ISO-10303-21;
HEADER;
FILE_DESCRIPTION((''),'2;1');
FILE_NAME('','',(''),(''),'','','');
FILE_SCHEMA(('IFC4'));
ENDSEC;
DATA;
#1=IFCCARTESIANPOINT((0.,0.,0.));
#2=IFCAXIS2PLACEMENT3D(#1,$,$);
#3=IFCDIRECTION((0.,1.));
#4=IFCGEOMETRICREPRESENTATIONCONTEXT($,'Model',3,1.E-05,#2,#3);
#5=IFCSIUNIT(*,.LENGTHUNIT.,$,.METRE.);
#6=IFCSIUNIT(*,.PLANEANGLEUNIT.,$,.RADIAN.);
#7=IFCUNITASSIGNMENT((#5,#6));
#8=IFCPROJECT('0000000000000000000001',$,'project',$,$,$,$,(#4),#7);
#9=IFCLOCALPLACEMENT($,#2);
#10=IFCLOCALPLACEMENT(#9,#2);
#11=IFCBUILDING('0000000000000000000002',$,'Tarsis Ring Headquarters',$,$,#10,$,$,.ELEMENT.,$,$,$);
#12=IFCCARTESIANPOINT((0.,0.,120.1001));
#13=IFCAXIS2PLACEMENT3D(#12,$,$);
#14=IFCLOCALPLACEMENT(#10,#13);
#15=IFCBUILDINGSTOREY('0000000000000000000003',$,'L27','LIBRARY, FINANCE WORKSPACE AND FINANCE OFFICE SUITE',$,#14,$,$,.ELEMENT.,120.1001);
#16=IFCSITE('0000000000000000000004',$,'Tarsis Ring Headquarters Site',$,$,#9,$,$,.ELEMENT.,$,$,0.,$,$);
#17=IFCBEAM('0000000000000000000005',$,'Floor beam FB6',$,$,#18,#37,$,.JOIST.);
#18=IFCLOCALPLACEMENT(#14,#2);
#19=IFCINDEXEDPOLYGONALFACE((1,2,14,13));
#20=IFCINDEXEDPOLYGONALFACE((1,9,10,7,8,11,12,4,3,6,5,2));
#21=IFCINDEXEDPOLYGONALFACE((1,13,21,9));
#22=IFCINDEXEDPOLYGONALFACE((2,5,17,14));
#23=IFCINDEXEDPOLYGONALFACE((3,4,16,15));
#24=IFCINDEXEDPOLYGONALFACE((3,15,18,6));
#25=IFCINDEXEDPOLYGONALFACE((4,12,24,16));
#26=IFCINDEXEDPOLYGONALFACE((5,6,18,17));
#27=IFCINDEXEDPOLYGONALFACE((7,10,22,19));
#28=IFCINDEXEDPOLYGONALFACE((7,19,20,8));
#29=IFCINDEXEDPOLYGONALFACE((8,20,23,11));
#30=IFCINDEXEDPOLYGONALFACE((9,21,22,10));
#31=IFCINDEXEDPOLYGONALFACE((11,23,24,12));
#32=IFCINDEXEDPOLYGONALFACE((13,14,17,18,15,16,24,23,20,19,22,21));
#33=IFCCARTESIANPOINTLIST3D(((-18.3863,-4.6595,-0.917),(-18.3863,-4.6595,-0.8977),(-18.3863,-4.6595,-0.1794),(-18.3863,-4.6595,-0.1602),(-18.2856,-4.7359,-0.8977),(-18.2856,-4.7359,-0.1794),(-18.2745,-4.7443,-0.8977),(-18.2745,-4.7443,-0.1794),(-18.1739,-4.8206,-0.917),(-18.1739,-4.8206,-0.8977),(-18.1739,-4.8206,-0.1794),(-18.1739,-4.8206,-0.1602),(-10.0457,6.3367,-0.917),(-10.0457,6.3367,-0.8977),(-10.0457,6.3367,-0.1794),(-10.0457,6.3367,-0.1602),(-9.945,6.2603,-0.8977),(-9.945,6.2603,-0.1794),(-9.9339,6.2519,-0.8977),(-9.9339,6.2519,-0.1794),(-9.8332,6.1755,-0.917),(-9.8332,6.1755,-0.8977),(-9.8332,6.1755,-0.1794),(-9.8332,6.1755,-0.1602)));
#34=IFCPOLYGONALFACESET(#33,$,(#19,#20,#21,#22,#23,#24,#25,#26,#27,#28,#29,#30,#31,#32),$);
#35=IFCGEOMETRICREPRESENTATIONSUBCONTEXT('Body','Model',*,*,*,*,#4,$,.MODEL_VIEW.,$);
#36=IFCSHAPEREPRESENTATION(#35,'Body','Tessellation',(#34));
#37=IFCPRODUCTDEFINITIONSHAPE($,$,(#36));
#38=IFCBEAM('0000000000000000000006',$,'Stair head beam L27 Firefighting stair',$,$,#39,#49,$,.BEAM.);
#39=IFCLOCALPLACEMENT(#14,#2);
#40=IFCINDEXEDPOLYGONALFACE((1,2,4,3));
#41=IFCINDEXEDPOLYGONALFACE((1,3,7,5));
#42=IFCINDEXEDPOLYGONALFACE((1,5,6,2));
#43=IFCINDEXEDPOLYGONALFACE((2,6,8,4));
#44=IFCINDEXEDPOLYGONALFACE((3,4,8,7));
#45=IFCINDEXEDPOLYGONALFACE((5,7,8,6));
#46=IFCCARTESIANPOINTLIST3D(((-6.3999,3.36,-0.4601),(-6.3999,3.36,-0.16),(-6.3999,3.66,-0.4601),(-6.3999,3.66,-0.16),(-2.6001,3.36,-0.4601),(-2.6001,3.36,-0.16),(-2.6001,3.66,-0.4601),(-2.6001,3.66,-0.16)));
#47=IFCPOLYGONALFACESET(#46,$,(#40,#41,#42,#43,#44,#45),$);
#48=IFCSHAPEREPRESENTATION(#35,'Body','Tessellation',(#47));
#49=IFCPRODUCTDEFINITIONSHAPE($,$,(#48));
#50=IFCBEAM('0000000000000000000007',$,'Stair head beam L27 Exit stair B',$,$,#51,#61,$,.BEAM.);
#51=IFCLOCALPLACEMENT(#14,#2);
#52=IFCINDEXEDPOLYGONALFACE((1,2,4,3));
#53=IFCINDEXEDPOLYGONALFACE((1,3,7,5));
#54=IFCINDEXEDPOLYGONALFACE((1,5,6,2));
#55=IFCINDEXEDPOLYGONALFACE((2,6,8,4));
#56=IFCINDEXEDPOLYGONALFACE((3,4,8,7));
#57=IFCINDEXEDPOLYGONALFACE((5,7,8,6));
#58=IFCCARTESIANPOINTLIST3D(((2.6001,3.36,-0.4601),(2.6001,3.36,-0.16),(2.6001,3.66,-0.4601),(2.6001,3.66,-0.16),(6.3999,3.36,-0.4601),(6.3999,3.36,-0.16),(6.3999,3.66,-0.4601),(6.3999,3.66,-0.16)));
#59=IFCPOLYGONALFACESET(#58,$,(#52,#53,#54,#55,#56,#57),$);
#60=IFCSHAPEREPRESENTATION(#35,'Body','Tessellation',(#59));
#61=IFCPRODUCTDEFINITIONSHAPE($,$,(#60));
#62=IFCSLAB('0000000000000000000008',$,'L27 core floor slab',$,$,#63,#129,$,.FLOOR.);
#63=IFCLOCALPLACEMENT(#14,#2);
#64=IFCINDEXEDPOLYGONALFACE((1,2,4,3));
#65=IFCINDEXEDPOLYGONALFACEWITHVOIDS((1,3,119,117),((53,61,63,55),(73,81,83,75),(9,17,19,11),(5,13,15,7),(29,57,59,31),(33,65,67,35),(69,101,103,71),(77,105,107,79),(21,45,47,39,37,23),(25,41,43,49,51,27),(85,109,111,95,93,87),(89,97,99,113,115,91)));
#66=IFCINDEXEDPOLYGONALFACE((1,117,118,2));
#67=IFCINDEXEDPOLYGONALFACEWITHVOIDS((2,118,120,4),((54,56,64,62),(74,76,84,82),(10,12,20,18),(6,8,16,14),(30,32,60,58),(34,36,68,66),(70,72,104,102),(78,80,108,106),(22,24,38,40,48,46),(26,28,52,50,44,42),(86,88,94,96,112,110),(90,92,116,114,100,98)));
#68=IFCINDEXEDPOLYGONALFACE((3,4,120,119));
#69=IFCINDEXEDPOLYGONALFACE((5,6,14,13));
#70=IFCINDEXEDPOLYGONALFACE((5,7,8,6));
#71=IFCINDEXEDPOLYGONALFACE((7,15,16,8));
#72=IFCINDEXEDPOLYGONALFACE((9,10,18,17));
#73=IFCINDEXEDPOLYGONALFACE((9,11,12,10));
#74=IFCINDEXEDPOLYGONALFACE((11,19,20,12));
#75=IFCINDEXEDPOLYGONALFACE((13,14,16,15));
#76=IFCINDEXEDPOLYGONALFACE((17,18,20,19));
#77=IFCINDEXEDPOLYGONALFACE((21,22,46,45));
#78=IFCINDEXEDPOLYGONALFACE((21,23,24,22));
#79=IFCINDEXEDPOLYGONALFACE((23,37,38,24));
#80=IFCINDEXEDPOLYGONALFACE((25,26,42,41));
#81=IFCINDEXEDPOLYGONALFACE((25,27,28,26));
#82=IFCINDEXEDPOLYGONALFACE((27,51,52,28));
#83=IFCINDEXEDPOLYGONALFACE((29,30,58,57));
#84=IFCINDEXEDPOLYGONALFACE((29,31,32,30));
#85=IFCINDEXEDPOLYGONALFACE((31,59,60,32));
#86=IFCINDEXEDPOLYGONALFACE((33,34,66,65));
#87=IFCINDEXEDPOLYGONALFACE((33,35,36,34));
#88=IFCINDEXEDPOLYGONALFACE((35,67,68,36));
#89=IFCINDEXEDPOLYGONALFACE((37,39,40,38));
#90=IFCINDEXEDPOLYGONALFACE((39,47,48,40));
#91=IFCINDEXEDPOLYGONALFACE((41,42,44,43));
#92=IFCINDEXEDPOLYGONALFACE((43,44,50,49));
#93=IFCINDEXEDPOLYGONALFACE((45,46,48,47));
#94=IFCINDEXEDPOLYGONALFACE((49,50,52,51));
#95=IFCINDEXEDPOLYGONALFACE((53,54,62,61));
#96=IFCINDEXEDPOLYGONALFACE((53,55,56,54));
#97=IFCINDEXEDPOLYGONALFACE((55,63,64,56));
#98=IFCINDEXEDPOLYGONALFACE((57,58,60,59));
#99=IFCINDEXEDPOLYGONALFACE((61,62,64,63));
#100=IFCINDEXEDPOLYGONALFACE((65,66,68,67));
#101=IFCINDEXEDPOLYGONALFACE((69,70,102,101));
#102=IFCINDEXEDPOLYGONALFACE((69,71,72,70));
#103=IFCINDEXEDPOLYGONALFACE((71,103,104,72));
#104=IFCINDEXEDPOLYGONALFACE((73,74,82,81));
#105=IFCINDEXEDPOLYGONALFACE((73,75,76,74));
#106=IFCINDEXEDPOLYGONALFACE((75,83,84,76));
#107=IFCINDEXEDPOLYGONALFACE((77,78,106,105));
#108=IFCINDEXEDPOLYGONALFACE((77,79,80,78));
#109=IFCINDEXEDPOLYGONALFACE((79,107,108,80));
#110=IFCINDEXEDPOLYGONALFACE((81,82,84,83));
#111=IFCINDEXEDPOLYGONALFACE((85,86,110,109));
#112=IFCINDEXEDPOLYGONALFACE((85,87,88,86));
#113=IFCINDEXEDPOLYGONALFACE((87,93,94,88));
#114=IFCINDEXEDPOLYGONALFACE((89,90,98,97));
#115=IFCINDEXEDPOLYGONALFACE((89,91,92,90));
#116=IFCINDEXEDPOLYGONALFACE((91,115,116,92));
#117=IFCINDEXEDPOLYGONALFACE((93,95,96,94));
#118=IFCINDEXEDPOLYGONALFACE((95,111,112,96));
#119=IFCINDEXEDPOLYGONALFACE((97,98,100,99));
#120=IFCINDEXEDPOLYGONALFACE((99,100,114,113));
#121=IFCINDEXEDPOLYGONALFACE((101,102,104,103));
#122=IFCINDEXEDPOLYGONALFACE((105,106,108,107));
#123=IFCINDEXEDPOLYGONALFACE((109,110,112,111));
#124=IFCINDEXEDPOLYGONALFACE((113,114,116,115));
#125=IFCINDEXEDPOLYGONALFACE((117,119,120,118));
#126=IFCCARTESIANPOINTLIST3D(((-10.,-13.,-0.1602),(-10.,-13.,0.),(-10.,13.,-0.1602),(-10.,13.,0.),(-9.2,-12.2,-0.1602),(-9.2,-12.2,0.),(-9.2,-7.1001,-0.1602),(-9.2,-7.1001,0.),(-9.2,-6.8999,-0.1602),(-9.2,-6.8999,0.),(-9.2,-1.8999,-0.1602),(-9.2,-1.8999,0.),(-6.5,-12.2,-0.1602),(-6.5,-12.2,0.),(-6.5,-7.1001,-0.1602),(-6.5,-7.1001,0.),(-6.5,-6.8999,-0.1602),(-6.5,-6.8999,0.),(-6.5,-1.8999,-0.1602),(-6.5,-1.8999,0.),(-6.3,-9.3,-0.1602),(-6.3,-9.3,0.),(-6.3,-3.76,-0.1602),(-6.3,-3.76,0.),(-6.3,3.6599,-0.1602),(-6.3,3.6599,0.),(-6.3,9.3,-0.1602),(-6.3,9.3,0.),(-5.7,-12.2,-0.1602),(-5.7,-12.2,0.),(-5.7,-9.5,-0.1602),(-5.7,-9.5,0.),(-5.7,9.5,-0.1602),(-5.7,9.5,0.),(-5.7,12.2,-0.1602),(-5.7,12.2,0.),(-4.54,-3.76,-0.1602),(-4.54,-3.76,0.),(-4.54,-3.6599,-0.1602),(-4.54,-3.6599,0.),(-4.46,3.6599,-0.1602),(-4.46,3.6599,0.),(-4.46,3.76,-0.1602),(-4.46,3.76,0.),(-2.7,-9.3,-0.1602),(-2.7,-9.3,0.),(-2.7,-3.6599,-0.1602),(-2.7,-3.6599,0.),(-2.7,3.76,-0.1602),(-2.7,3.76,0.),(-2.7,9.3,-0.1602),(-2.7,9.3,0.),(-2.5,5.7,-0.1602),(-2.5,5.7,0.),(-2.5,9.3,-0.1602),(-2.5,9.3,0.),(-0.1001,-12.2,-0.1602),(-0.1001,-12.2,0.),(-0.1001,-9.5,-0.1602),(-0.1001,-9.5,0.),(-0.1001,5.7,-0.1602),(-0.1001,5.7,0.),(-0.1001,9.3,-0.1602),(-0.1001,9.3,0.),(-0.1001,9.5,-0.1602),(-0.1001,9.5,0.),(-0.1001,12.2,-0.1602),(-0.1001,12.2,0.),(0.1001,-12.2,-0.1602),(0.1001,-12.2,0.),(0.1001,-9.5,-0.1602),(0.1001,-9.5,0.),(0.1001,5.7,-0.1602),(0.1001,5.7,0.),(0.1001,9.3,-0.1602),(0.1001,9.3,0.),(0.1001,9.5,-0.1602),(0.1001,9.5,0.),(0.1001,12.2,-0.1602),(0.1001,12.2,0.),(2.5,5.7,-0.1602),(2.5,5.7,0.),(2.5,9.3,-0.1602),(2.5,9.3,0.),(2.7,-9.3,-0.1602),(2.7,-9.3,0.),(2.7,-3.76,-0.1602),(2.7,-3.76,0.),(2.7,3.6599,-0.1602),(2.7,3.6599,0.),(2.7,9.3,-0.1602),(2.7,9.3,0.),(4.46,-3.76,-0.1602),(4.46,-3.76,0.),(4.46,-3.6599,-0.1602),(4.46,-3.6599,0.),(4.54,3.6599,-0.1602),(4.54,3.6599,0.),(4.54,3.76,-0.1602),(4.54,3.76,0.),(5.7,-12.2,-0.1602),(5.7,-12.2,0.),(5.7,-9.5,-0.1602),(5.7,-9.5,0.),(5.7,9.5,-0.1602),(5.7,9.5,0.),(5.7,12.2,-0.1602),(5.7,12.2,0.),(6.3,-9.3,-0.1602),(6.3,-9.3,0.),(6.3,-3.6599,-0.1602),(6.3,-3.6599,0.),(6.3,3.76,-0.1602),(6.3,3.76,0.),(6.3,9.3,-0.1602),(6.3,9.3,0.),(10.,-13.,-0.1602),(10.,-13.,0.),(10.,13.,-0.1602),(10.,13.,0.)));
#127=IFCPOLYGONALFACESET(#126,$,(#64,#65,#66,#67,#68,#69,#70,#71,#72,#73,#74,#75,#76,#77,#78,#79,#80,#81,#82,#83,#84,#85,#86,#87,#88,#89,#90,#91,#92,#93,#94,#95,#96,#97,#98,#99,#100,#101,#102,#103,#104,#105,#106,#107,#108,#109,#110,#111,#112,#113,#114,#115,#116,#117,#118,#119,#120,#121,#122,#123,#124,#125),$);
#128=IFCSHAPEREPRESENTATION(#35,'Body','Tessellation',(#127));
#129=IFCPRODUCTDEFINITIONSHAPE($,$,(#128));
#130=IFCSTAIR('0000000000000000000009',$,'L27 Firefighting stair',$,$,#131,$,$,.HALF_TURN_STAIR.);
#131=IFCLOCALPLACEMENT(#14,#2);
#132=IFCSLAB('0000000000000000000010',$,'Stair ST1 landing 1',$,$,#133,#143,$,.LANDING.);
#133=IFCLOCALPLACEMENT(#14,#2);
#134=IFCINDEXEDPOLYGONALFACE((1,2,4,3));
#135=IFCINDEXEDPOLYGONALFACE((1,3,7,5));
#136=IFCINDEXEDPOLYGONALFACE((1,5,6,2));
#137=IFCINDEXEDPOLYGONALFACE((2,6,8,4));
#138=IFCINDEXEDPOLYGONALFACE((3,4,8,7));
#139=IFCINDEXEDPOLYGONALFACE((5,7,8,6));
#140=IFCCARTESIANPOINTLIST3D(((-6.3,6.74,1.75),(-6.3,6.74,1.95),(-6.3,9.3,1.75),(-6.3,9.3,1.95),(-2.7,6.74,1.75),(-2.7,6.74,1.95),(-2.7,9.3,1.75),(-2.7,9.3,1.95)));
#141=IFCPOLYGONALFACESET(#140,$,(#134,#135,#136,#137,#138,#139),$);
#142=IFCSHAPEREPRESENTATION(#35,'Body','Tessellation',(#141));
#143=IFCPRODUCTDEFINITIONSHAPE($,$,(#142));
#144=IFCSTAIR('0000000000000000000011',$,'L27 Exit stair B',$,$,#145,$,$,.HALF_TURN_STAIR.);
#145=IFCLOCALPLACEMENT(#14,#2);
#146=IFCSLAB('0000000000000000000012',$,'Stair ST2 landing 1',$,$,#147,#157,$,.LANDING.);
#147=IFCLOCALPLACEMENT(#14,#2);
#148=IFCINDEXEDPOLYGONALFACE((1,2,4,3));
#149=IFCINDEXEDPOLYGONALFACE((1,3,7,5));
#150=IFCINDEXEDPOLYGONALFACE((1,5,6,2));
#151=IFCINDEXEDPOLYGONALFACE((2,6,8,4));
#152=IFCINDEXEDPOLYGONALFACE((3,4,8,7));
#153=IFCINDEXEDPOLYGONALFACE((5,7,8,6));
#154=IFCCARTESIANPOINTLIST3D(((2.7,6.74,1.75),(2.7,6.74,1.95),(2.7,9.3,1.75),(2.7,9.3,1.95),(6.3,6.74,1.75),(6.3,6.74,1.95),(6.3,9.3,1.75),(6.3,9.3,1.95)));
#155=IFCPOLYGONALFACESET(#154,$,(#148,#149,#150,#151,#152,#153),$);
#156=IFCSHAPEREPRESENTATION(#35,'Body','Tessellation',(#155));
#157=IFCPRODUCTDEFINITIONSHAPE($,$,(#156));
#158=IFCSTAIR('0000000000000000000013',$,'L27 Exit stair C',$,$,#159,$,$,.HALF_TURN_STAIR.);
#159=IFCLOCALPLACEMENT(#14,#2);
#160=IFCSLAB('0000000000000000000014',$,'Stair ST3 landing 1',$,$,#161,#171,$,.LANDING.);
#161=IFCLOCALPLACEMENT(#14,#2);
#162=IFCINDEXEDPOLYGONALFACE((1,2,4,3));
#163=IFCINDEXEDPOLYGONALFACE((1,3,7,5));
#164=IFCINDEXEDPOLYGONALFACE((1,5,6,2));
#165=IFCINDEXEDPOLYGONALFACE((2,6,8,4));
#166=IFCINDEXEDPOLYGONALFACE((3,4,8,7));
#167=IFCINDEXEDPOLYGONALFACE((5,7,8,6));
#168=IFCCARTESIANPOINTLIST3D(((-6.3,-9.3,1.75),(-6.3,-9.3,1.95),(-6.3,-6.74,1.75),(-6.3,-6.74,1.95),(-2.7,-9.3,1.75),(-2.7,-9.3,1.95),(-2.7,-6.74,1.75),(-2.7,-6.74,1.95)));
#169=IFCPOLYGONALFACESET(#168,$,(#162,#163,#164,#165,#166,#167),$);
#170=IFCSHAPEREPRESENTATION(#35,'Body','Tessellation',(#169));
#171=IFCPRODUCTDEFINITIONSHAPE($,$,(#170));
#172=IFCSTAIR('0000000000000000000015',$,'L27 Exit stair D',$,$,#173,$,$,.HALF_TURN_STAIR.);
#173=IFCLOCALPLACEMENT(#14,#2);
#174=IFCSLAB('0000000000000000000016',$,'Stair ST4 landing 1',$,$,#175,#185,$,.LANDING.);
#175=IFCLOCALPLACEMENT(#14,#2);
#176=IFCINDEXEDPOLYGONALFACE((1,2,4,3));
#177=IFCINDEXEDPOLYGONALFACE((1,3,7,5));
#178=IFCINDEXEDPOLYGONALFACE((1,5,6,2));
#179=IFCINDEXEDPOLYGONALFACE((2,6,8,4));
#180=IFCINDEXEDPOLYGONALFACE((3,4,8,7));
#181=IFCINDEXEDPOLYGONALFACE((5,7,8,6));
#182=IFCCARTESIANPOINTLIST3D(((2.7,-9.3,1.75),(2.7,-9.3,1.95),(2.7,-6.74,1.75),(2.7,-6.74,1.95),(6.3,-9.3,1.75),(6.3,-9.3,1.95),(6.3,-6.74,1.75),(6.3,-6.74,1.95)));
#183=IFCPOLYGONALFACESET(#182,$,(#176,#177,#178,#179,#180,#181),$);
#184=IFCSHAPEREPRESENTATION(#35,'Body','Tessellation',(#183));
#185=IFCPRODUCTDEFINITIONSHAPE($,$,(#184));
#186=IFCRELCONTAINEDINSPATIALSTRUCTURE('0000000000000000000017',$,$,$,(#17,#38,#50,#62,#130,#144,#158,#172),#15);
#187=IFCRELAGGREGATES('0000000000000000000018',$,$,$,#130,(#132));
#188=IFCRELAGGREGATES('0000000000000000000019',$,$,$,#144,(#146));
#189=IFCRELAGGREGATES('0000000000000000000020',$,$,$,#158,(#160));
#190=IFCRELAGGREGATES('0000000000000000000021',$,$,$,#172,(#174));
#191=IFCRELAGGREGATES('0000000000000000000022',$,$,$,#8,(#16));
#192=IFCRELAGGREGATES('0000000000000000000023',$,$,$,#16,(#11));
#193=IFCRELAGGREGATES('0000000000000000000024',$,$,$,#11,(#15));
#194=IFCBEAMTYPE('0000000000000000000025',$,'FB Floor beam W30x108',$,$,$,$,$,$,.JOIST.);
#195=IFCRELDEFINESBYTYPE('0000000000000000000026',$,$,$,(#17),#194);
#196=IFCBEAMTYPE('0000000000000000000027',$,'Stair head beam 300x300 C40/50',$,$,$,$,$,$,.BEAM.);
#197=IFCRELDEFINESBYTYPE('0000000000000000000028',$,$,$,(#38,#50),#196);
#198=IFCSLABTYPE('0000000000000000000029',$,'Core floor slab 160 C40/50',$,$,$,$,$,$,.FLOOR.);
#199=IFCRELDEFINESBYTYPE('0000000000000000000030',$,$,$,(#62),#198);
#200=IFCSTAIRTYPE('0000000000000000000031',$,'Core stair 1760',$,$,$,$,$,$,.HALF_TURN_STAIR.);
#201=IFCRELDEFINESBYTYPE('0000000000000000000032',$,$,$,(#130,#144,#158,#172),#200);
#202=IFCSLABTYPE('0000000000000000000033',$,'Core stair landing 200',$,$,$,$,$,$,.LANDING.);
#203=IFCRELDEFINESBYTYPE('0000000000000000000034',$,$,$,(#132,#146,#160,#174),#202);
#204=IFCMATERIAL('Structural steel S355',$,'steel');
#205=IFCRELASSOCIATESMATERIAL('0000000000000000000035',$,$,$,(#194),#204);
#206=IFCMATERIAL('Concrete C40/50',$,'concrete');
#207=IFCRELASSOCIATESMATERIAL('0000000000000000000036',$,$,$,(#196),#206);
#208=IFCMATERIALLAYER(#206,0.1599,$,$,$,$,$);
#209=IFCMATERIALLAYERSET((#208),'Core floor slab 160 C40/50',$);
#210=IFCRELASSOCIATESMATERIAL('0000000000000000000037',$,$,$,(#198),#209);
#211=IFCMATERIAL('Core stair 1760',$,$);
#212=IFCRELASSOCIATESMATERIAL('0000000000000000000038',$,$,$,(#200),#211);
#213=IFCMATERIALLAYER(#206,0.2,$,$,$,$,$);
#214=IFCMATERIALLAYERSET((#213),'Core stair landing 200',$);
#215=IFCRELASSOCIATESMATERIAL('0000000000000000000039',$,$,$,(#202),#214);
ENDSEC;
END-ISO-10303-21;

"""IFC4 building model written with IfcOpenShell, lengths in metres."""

from ifc_helpers import new_model, si_unit, direction, frame, origin, origin_2d, place, context, subcontext, project, spatial, polyline, rectangle, i_section, outline, extrude, material, layer, layer_set, material_profile, profile_set, type_object, element, aggregate, save


model = new_model("IFC4")

# Units and contexts
model_context = context("Model", 3, precision=1e-05, world=origin(), true_north=direction((0.0, 1.0)))
body_context = subcontext(model_context, "Body", "Model", "MODEL_VIEW")
ifc_project = project(units=[si_unit("LENGTHUNIT", "METRE"), si_unit("PLANEANGLEUNIT", "RADIAN")], contexts=[model_context])

# Site, building, storey
site_placement = place(None, origin())
site = spatial("IfcSite", under=ifc_project, at=site_placement, Name="Tarsis Ring Headquarters Site", CompositionType="ELEMENT", RefElevation=0.0)
building_placement = place(site_placement, origin())
building = spatial("IfcBuilding", under=site, at=building_placement, Name="Tarsis Ring Headquarters", CompositionType="ELEMENT")
storey_placement = place(building_placement, frame((0.0, 0.0, 120.1001)))
storey = spatial("IfcBuildingStorey", under=building, at=storey_placement, Name="L27", Description="LIBRARY, FINANCE WORKSPACE AND FINANCE OFFICE SUITE", CompositionType="ELEMENT", Elevation=120.1001)

# Beams
ifc_material_1 = material(Name="Structural steel S355", Category="steel")
ifc_material_profile_1 = material_profile(ifc_material_1, i_section(OverallWidth=0.2666, OverallDepth=0.7568, WebThickness=0.0139, FlangeThickness=0.0193, at=origin_2d()), Name="W30x108")
ifc_profile_set_1 = profile_set([ifc_material_profile_1], Name="Structural steel S355")
beam_type_1 = type_object("IfcBeamType", Name="FB Floor beam W30x108", PredefinedType="JOIST", material=ifc_profile_set_1)
beam_placement = place(storey_placement, frame((-9.9395, 6.2561, -0.5386), z_axis=(-0.604327, -0.796736, 0.0), x_axis=(0.796736, -0.604327, 0.0)))
element("IfcBeam", 1, at=beam_placement, inside=storey, type_object=beam_type_1, Name="Floor beam FB6", PredefinedType="JOIST", context=body_context, shape_type="SweptSolid", body=[
    extrude(i_section(OverallWidth=0.2666, OverallDepth=0.7568, WebThickness=0.0139, FlangeThickness=0.0193, at=origin_2d()), origin(), (0.0, 0.0, 1.0), 13.8015),
])
ifc_material_2 = material(Name="Concrete C40/50", Category="concrete")
ifc_material_profile_2 = material_profile(ifc_material_2, rectangle(XDim=0.3, YDim=0.3, at=origin_2d()), Name="Stair head beam 300x300 C40/50")
ifc_profile_set_2 = profile_set([ifc_material_profile_2], Name="Concrete C40/50")
beam_type_2 = type_object("IfcBeamType", Name="Stair head beam 300x300 C40/50", PredefinedType="BEAM", material=ifc_profile_set_2)
for number, where, z_axis, x_axis, name in (
    (2, (-6.3999, 3.51, -0.3101), (1.0, 0.0, 0.0), (0.0, 1.0, 0.0), "Stair head beam L27 Firefighting stair"),
    (3, (2.6001, 3.51, -0.3101), (1.0, 0.0, 0.0), (0.0, 1.0, 0.0), "Stair head beam L27 Exit stair B"),
):
    element("IfcBeam", number, at=place(storey_placement, frame(where, z_axis=z_axis, x_axis=x_axis)), inside=storey, type_object=beam_type_2, Name=name, PredefinedType="BEAM", context=body_context, shape_type="SweptSolid", body=[
        extrude(rectangle(XDim=0.3, YDim=0.3, at=origin_2d()), origin(), (0.0, 0.0, 1.0), 3.7998),
    ])

# Slab
ifc_layer_1 = layer(ifc_material_2, 0.1599)
ifc_layer_set_1 = layer_set([ifc_layer_1], Name="Core floor slab 160 C40/50")
slab_type_1 = type_object("IfcSlabType", Name="Core floor slab 160 C40/50", PredefinedType="FLOOR", material=ifc_layer_set_1)
slab_1_placement = place(storey_placement, frame((0.0, 0.0, -0.1602)))
element("IfcSlab", 4, at=slab_1_placement, inside=storey, type_object=slab_type_1, Name="L27 core floor slab", PredefinedType="FLOOR", context=body_context, shape_type="SweptSolid", body=[
    extrude(outline(polyline([(-10.0, -13.0), (10.0, -13.0), (10.0, 13.0), (-10.0, 13.0), (-10.0, -13.0)]), holes=[polyline([(-2.5, 5.7), (-0.1001, 5.7), (-0.1001, 9.3), (-2.5, 9.3), (-2.5, 5.7)]), polyline([(0.1001, 5.7), (2.5, 5.7), (2.5, 9.3), (0.1001, 9.3), (0.1001, 5.7)]), polyline([(-9.2, -12.2), (-6.5, -12.2), (-6.5, -7.1001), (-9.2, -7.1001), (-9.2, -12.2)]), polyline([(-9.2, -6.8999), (-6.5, -6.8999), (-6.5, -1.8999), (-9.2, -1.8999), (-9.2, -6.8999)]), polyline([(-5.7, 9.5), (-0.1001, 9.5), (-0.1001, 12.2), (-5.7, 12.2), (-5.7, 9.5)]), polyline([(0.1001, 9.5), (5.7, 9.5), (5.7, 12.2), (0.1001, 12.2), (0.1001, 9.5)]), polyline([(-5.7, -12.2), (-0.1001, -12.2), (-0.1001, -9.5), (-5.7, -9.5), (-5.7, -12.2)]), polyline([(0.1001, -12.2), (5.7, -12.2), (5.7, -9.5), (0.1001, -9.5), (0.1001, -12.2)]), polyline([(-2.7, 3.76), (-2.7, 9.3), (-6.3, 9.3), (-6.3, 3.6599), (-4.46, 3.6599), (-4.46, 3.76), (-2.7, 3.76)]), polyline([(6.3, 3.76), (6.3, 9.3), (2.7, 9.3), (2.7, 3.6599), (4.54, 3.6599), (4.54, 3.76), (6.3, 3.76)]), polyline([(-6.3, -3.76), (-6.3, -9.3), (-2.7, -9.3), (-2.7, -3.6599), (-4.54, -3.6599), (-4.54, -3.76), (-6.3, -3.76)]), polyline([(2.7, -3.76), (2.7, -9.3), (6.3, -9.3), (6.3, -3.6599), (4.46, -3.6599), (4.46, -3.76), (2.7, -3.76)])]), origin(), (0.0, 0.0, 1.0), 0.1602),
])

# Stairs, slabs
ifc_material_3 = material(Name="Core stair 1760")
stair_type = type_object("IfcStairType", Name="Core stair 1760", PredefinedType="HALF_TURN_STAIR", material=ifc_material_3)
stair_1_placement = place(storey_placement, origin())
stair_1 = element("IfcStair", 5, at=stair_1_placement, inside=storey, type_object=stair_type, Name="L27 Firefighting stair", PredefinedType="HALF_TURN_STAIR")
ifc_layer_2 = layer(ifc_material_2, 0.2)
ifc_layer_set_2 = layer_set([ifc_layer_2], Name="Core stair landing 200")
slab_type_2 = type_object("IfcSlabType", Name="Core stair landing 200", PredefinedType="LANDING", material=ifc_layer_set_2)
slab_2_placement = place(storey_placement, frame((0.0, 0.0, 1.75)))
slab_2 = element("IfcSlab", 6, at=slab_2_placement, type_object=slab_type_2, Name="Stair ST1 landing 1", PredefinedType="LANDING", context=body_context, shape_type="SweptSolid", body=[
    extrude(outline(polyline([(-2.7, 6.74), (-2.7, 9.3), (-6.3, 9.3), (-6.3, 6.74), (-2.7, 6.74)])), origin(), (0.0, 0.0, 1.0), 0.2),
])
aggregate(stair_1, [slab_2])
stair_2_placement = place(storey_placement, origin())
stair_2 = element("IfcStair", 7, at=stair_2_placement, inside=storey, type_object=stair_type, Name="L27 Exit stair B", PredefinedType="HALF_TURN_STAIR")
slab_3_placement = place(storey_placement, frame((0.0, 0.0, 1.75)))
slab_3 = element("IfcSlab", 8, at=slab_3_placement, type_object=slab_type_2, Name="Stair ST2 landing 1", PredefinedType="LANDING", context=body_context, shape_type="SweptSolid", body=[
    extrude(outline(polyline([(6.3, 6.74), (6.3, 9.3), (2.7, 9.3), (2.7, 6.74), (6.3, 6.74)])), origin(), (0.0, 0.0, 1.0), 0.2),
])
aggregate(stair_2, [slab_3])
stair_3_placement = place(storey_placement, origin())
stair_3 = element("IfcStair", 9, at=stair_3_placement, inside=storey, type_object=stair_type, Name="L27 Exit stair C", PredefinedType="HALF_TURN_STAIR")
slab_4_placement = place(storey_placement, frame((0.0, 0.0, 1.75)))
slab_4 = element("IfcSlab", 10, at=slab_4_placement, type_object=slab_type_2, Name="Stair ST3 landing 1", PredefinedType="LANDING", context=body_context, shape_type="SweptSolid", body=[
    extrude(outline(polyline([(-6.3, -6.74), (-6.3, -9.3), (-2.7, -9.3), (-2.7, -6.74), (-6.3, -6.74)])), origin(), (0.0, 0.0, 1.0), 0.2),
])
aggregate(stair_3, [slab_4])
stair_4_placement = place(storey_placement, origin())
stair_4 = element("IfcStair", 11, at=stair_4_placement, inside=storey, type_object=stair_type, Name="L27 Exit stair D", PredefinedType="HALF_TURN_STAIR")
slab_5_placement = place(storey_placement, frame((0.0, 0.0, 1.75)))
slab_5 = element("IfcSlab", 12, at=slab_5_placement, type_object=slab_type_2, Name="Stair ST4 landing 1", PredefinedType="LANDING", context=body_context, shape_type="SweptSolid", body=[
    extrude(outline(polyline([(2.7, -6.74), (2.7, -9.3), (6.3, -9.3), (6.3, -6.74), (2.7, -6.74)])), origin(), (0.0, 0.0, 1.0), 0.2),
])
aggregate(stair_4, [slab_5])

save(model, "model.ifc")
